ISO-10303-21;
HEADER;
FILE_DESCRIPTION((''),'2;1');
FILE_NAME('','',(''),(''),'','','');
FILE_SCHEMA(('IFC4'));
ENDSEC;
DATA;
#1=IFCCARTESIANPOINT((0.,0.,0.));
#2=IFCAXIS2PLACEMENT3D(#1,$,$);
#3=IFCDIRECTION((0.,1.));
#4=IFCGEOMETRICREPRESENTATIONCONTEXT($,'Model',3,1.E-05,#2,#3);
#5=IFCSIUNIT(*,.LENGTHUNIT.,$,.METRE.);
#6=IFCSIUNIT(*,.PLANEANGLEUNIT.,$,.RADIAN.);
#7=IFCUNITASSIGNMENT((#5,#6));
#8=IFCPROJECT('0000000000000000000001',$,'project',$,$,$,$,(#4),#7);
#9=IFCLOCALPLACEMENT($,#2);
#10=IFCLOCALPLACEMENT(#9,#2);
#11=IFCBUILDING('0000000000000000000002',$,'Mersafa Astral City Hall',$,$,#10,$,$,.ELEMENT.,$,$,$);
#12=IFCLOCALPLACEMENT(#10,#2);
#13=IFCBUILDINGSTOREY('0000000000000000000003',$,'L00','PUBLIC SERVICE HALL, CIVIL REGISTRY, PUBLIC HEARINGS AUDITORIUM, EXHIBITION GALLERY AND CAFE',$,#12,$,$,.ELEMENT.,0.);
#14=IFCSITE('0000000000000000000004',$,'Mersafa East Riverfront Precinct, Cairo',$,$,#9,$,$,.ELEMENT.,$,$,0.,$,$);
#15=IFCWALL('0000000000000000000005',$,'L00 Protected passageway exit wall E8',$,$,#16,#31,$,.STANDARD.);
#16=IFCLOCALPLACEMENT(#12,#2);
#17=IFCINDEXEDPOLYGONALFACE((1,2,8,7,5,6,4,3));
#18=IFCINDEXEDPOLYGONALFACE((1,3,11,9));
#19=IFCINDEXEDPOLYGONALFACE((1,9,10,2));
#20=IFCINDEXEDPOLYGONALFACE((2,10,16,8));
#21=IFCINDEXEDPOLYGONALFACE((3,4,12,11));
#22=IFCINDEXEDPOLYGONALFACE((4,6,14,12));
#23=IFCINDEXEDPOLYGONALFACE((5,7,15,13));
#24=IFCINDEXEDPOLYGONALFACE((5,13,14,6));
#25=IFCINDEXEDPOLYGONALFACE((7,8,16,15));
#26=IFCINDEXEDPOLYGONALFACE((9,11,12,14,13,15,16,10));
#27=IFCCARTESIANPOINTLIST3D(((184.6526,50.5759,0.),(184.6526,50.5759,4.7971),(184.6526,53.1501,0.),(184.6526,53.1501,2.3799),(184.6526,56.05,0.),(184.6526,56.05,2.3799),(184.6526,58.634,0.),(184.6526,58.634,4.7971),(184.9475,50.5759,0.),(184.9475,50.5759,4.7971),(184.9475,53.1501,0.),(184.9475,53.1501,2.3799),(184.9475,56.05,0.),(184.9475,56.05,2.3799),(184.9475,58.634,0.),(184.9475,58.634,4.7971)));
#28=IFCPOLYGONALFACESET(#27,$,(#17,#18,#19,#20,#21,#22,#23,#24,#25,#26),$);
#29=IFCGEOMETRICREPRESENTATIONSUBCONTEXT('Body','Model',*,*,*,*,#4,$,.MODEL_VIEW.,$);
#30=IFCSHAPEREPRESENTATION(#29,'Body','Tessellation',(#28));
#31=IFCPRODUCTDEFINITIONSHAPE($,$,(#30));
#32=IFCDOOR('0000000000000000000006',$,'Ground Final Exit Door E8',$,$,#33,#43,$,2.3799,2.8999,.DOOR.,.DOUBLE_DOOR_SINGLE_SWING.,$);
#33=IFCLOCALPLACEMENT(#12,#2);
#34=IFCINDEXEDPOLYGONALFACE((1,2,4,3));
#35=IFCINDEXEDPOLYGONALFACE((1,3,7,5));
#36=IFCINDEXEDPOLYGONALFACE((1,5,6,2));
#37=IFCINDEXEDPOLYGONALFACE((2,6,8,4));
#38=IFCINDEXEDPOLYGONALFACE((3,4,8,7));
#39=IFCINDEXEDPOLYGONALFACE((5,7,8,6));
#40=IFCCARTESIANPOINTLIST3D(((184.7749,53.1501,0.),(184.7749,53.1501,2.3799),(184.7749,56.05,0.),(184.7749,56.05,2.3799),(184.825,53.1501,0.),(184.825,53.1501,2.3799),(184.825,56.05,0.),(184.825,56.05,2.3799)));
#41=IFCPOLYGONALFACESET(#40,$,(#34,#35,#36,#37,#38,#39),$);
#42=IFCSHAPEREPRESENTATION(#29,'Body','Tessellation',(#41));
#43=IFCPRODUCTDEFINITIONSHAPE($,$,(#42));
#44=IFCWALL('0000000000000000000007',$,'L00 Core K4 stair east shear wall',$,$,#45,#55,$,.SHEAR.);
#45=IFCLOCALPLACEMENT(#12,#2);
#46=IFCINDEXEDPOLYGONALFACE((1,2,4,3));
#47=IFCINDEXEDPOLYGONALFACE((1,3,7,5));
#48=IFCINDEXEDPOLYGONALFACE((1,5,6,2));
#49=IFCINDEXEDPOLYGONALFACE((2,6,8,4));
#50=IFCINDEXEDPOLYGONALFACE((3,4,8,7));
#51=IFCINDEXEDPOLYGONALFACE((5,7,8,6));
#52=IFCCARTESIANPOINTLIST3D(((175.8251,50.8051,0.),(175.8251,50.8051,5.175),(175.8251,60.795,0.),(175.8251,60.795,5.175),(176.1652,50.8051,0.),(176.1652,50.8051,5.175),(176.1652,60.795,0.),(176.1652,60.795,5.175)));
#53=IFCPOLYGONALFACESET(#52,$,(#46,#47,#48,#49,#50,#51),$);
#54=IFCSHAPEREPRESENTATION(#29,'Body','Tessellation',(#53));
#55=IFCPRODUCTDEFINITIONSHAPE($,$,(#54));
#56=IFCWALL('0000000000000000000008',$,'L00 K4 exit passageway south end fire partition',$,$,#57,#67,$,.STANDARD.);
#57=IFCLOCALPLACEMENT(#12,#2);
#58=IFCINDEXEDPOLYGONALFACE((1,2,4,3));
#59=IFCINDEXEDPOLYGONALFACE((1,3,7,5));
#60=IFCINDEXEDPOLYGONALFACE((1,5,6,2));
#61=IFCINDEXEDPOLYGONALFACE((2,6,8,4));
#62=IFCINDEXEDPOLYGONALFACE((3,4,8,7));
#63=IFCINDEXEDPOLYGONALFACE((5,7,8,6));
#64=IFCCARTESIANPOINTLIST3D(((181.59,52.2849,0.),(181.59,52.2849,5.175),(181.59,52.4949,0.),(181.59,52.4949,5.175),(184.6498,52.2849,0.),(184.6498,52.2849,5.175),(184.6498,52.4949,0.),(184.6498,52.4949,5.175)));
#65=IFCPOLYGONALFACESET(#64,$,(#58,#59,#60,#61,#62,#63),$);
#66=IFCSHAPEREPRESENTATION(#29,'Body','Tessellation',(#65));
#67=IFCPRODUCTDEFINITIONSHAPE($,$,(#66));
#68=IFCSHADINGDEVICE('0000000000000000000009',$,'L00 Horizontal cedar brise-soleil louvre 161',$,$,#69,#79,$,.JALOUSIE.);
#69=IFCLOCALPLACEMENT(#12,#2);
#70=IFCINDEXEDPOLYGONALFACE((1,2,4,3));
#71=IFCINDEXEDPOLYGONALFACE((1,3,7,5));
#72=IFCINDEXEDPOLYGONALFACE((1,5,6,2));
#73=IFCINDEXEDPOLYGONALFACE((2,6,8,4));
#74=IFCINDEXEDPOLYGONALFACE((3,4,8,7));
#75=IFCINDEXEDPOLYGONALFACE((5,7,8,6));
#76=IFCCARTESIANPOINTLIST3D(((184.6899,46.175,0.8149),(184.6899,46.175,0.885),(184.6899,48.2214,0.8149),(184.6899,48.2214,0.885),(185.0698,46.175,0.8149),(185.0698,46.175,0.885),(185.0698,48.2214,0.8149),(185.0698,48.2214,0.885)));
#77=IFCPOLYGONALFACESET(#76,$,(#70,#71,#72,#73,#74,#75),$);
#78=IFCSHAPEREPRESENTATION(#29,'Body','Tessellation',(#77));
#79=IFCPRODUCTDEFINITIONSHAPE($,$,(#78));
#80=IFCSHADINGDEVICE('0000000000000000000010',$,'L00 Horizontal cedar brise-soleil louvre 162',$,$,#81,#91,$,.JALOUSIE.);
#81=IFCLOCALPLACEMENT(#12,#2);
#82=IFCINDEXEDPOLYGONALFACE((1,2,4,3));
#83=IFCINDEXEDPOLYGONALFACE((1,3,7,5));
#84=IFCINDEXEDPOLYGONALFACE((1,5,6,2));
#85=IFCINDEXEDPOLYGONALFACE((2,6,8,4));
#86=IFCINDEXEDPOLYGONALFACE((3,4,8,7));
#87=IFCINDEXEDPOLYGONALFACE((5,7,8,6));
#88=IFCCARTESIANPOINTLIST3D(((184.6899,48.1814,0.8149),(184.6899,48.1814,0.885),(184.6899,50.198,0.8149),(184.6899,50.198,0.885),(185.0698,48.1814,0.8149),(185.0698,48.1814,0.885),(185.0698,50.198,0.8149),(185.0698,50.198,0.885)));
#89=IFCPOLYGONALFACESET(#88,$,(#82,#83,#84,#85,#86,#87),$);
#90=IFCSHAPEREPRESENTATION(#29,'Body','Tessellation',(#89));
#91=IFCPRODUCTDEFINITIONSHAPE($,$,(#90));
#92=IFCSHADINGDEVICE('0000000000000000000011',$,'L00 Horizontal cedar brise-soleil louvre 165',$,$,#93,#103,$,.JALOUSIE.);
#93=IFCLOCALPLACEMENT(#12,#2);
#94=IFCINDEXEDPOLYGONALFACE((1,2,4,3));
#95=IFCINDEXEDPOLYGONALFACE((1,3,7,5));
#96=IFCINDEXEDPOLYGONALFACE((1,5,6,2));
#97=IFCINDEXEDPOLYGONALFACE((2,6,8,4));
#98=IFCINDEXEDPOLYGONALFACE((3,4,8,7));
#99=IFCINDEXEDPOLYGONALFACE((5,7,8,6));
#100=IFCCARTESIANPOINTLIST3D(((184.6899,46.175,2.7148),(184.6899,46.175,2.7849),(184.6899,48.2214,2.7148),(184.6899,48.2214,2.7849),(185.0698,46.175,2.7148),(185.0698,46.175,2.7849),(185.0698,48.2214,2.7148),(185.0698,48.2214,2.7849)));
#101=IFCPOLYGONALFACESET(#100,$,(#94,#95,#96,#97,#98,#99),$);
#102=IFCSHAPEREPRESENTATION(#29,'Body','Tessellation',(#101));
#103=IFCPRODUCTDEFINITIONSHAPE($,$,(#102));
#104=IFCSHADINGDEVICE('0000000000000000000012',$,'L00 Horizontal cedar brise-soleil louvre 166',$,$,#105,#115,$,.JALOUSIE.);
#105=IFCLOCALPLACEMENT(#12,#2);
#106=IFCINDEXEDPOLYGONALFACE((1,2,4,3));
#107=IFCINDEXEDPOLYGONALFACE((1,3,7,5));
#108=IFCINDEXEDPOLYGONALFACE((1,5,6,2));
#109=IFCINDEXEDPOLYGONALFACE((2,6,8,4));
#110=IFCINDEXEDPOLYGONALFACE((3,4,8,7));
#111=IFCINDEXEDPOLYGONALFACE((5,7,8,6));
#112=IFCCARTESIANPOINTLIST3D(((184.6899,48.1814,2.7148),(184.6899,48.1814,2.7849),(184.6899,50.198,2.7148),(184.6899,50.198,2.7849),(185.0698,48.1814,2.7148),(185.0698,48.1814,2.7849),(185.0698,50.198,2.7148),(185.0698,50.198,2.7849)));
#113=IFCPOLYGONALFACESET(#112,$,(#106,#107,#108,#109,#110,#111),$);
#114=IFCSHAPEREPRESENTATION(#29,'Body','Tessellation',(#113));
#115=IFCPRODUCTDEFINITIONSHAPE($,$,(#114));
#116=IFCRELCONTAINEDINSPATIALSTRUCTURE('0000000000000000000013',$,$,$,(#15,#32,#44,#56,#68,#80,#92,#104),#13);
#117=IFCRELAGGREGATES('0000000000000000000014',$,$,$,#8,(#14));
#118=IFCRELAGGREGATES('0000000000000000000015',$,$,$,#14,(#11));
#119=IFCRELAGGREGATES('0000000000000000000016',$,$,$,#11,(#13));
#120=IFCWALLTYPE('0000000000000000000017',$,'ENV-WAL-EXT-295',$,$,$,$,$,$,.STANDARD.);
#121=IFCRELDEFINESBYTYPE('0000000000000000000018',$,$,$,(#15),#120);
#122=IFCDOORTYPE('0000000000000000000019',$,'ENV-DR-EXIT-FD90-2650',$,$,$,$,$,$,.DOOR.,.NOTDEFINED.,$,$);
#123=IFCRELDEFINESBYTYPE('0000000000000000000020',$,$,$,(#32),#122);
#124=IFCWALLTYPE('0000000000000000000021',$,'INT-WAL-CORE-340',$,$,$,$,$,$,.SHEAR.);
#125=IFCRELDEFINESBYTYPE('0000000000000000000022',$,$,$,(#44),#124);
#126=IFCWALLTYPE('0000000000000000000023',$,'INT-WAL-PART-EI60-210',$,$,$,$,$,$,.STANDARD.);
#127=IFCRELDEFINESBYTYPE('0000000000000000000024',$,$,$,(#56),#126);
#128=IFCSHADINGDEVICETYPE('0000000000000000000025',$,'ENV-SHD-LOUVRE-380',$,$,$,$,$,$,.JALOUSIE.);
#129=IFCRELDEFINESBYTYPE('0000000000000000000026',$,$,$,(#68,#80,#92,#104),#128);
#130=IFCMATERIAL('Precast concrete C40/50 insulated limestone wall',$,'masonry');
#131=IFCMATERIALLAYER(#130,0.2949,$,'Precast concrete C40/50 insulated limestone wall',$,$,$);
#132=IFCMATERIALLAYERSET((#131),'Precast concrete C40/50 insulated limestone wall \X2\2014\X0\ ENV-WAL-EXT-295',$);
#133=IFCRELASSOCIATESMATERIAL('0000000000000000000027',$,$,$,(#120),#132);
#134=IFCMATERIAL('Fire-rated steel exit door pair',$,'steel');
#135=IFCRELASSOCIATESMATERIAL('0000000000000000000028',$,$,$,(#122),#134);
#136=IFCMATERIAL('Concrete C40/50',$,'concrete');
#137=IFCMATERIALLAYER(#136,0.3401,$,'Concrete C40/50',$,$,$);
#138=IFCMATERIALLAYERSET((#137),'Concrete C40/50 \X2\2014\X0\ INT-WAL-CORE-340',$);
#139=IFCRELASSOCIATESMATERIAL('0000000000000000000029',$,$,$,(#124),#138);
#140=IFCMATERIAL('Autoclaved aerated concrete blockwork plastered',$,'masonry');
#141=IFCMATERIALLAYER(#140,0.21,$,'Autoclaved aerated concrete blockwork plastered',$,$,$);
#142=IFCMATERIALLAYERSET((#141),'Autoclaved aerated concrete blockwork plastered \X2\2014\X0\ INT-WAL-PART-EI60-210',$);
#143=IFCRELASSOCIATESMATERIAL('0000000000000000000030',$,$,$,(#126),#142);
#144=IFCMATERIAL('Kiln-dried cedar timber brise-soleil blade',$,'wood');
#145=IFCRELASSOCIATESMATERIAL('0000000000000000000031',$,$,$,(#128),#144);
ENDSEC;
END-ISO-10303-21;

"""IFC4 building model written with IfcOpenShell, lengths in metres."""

from ifc_helpers import new_model, si_unit, direction, frame, frame_2d, origin, origin_2d, place, context, subcontext, project, spatial, rectangle, extrude, material, layer, layer_set, type_object, element, fill, save


model = new_model("IFC4")

# Units and contexts
model_context = context("Model", 3, precision=1e-05, world=origin(), true_north=direction((0.0, 1.0)))
body_context = subcontext(model_context, "Body", "Model", "MODEL_VIEW")
ifc_project = project(units=[si_unit("LENGTHUNIT", "METRE"), si_unit("PLANEANGLEUNIT", "RADIAN")], contexts=[model_context])

# Site, building, storey
site_placement = place(None, origin())
site = spatial("IfcSite", under=ifc_project, at=site_placement, Name="Mersafa East Riverfront Precinct, Cairo", CompositionType="ELEMENT", RefElevation=0.0)
building_placement = place(site_placement, origin())
building = spatial("IfcBuilding", under=site, at=building_placement, Name="Mersafa Astral City Hall", CompositionType="ELEMENT")
storey_placement = place(building_placement, origin())
storey = spatial("IfcBuildingStorey", under=building, at=storey_placement, Name="L00", Description="PUBLIC SERVICE HALL, CIVIL REGISTRY, PUBLIC HEARINGS AUDITORIUM, EXHIBITION GALLERY AND CAFE", CompositionType="ELEMENT", Elevation=0.0)

# Wall, opening, door
ifc_material_1 = material(Name="Precast concrete C40/50 insulated limestone wall", Category="masonry")
ifc_layer_1 = layer(ifc_material_1, 0.2949, Name="Precast concrete C40/50 insulated limestone wall")
ifc_layer_set_1 = layer_set([ifc_layer_1], Name="Precast concrete C40/50 insulated limestone wall — ENV-WAL-EXT-295")
wall_type_1 = type_object("IfcWallType", Name="ENV-WAL-EXT-295", PredefinedType="STANDARD", material=ifc_layer_set_1)
wall_1_placement = place(storey_placement, frame((184.8, 58.634, 0.0), z_axis=(0.0, 0.0, 1.0), x_axis=(0.0, -1.0, 0.0)))
wall_1 = element("IfcWall", 1, at=wall_1_placement, inside=storey, type_object=wall_type_1, Name="L00 Protected passageway exit wall E8", PredefinedType="STANDARD", context=body_context, shape_type="SweptSolid", body=[
    extrude(rectangle(XDim=8.0581, YDim=0.2949, at=frame_2d((4.0291, 0.0))), origin(), (0.0, 0.0, 1.0), 4.7971),
])
opening_placement = place(wall_1_placement, frame((2.584, 0.0, 0.0)))
opening = element("IfcOpeningElement", 2, at=opening_placement, cuts=wall_1, PredefinedType="OPENING", context=body_context, shape_type="SweptSolid", body=[
    extrude(rectangle(XDim=2.8999, YDim=2.3799, at=frame_2d((1.45, 1.1899))), frame((0.0, 0.1575, 0.0), z_axis=(0.0, -1.0, 0.0), x_axis=(1.0, 0.0, 0.0)), (0.0, 0.0, 1.0), 0.3149),
])
ifc_material_2 = material(Name="Fire-rated steel exit door pair", Category="steel")
door_type = type_object("IfcDoorType", Name="ENV-DR-EXIT-FD90-2650", OperationType="NOTDEFINED", PredefinedType="DOOR", material=ifc_material_2)
door_placement = place(opening_placement, origin())
door = element("IfcDoor", 3, at=door_placement, inside=storey, type_object=door_type, Name="Ground Final Exit Door E8", OperationType="DOUBLE_DOOR_SINGLE_SWING", OverallHeight=2.3799, OverallWidth=2.8999, PredefinedType="DOOR", context=body_context, shape_type="SweptSolid", body=[
    extrude(rectangle(XDim=2.8999, YDim=2.3799, at=frame_2d((1.45, 1.1899))), frame((0.0, 0.0249, 0.0), z_axis=(0.0, -1.0, 0.0), x_axis=(1.0, 0.0, 0.0)), (0.0, 0.0, 1.0), 0.05),
])
fill(opening, door)

# Walls
ifc_material_3 = material(Name="Concrete C40/50", Category="concrete")
ifc_layer_2 = layer(ifc_material_3, 0.3401, Name="Concrete C40/50")
ifc_layer_set_2 = layer_set([ifc_layer_2], Name="Concrete C40/50 — INT-WAL-CORE-340")
wall_type_2 = type_object("IfcWallType", Name="INT-WAL-CORE-340", PredefinedType="SHEAR", material=ifc_layer_set_2)
wall_2_placement = place(storey_placement, frame((175.9951, 50.8049, 0.0), z_axis=(0.0, 0.0, 1.0), x_axis=(0.0, 1.0, 0.0)))
element("IfcWall", 4, at=wall_2_placement, inside=storey, type_object=wall_type_2, Name="L00 Core K4 stair east shear wall", PredefinedType="SHEAR", context=body_context, shape_type="SweptSolid", body=[
    extrude(rectangle(XDim=9.99, YDim=0.3401, at=frame_2d((4.9951, 0.0))), origin(), (0.0, 0.0, 1.0), 5.175),
])
ifc_material_4 = material(Name="Autoclaved aerated concrete blockwork plastered", Category="masonry")
ifc_layer_3 = layer(ifc_material_4, 0.21, Name="Autoclaved aerated concrete blockwork plastered")
ifc_layer_set_3 = layer_set([ifc_layer_3], Name="Autoclaved aerated concrete blockwork plastered — INT-WAL-PART-EI60-210")
wall_type_3 = type_object("IfcWallType", Name="INT-WAL-PART-EI60-210", PredefinedType="STANDARD", material=ifc_layer_set_3)
wall_3_placement = place(storey_placement, frame((181.5901, 52.3899, 0.0), z_axis=(0.0, 0.0, 1.0), x_axis=(1.0, 0.0, 0.0)))
element("IfcWall", 5, at=wall_3_placement, inside=storey, type_object=wall_type_3, Name="L00 K4 exit passageway south end fire partition", PredefinedType="STANDARD", context=body_context, shape_type="SweptSolid", body=[
    extrude(rectangle(XDim=3.0598, YDim=0.21, at=frame_2d((1.5298, 0.0))), origin(), (0.0, 0.0, 1.0), 5.175),
])

# Shading devices
ifc_material_5 = material(Name="Kiln-dried cedar timber brise-soleil blade", Category="wood")
shading_device_type = type_object("IfcShadingDeviceType", Name="ENV-SHD-LOUVRE-380", PredefinedType="JALOUSIE", material=ifc_material_5)
shading_device_1_placement = place(storey_placement, frame((184.8799, 47.1982, 0.8149), z_axis=(0.0, 0.0, 1.0), x_axis=(0.0, 1.0, 0.0)))
element("IfcShadingDevice", 6, at=shading_device_1_placement, inside=storey, type_object=shading_device_type, Name="L00 Horizontal cedar brise-soleil louvre 161", PredefinedType="JALOUSIE", context=body_context, shape_type="SweptSolid", body=[
    extrude(rectangle(XDim=2.0464, YDim=0.3799, at=origin_2d()), origin(), (0.0, 0.0, 1.0), 0.0701),
])
shading_device_2_placement = place(storey_placement, frame((184.8799, 49.1897, 0.8149), z_axis=(0.0, 0.0, 1.0), x_axis=(0.0, 1.0, 0.0)))
element("IfcShadingDevice", 7, at=shading_device_2_placement, inside=storey, type_object=shading_device_type, Name="L00 Horizontal cedar brise-soleil louvre 162", PredefinedType="JALOUSIE", context=body_context, shape_type="SweptSolid", body=[
    extrude(rectangle(XDim=2.0166, YDim=0.3799, at=origin_2d()), origin(), (0.0, 0.0, 1.0), 0.0701),
])
shading_device_3_placement = place(storey_placement, frame((184.8799, 47.1982, 2.7148), z_axis=(0.0, 0.0, 1.0), x_axis=(0.0, 1.0, 0.0)))
element("IfcShadingDevice", 8, at=shading_device_3_placement, inside=storey, type_object=shading_device_type, Name="L00 Horizontal cedar brise-soleil louvre 165", PredefinedType="JALOUSIE", context=body_context, shape_type="SweptSolid", body=[
    extrude(rectangle(XDim=2.0464, YDim=0.3799, at=origin_2d()), origin(), (0.0, 0.0, 1.0), 0.0701),
])
shading_device_4_placement = place(storey_placement, frame((184.8799, 49.1897, 2.7148), z_axis=(0.0, 0.0, 1.0), x_axis=(0.0, 1.0, 0.0)))
element("IfcShadingDevice", 9, at=shading_device_4_placement, inside=storey, type_object=shading_device_type, Name="L00 Horizontal cedar brise-soleil louvre 166", PredefinedType="JALOUSIE", context=body_context, shape_type="SweptSolid", body=[
    extrude(rectangle(XDim=2.0166, YDim=0.3799, at=origin_2d()), origin(), (0.0, 0.0, 1.0), 0.0701),
])

save(model, "model.ifc")
